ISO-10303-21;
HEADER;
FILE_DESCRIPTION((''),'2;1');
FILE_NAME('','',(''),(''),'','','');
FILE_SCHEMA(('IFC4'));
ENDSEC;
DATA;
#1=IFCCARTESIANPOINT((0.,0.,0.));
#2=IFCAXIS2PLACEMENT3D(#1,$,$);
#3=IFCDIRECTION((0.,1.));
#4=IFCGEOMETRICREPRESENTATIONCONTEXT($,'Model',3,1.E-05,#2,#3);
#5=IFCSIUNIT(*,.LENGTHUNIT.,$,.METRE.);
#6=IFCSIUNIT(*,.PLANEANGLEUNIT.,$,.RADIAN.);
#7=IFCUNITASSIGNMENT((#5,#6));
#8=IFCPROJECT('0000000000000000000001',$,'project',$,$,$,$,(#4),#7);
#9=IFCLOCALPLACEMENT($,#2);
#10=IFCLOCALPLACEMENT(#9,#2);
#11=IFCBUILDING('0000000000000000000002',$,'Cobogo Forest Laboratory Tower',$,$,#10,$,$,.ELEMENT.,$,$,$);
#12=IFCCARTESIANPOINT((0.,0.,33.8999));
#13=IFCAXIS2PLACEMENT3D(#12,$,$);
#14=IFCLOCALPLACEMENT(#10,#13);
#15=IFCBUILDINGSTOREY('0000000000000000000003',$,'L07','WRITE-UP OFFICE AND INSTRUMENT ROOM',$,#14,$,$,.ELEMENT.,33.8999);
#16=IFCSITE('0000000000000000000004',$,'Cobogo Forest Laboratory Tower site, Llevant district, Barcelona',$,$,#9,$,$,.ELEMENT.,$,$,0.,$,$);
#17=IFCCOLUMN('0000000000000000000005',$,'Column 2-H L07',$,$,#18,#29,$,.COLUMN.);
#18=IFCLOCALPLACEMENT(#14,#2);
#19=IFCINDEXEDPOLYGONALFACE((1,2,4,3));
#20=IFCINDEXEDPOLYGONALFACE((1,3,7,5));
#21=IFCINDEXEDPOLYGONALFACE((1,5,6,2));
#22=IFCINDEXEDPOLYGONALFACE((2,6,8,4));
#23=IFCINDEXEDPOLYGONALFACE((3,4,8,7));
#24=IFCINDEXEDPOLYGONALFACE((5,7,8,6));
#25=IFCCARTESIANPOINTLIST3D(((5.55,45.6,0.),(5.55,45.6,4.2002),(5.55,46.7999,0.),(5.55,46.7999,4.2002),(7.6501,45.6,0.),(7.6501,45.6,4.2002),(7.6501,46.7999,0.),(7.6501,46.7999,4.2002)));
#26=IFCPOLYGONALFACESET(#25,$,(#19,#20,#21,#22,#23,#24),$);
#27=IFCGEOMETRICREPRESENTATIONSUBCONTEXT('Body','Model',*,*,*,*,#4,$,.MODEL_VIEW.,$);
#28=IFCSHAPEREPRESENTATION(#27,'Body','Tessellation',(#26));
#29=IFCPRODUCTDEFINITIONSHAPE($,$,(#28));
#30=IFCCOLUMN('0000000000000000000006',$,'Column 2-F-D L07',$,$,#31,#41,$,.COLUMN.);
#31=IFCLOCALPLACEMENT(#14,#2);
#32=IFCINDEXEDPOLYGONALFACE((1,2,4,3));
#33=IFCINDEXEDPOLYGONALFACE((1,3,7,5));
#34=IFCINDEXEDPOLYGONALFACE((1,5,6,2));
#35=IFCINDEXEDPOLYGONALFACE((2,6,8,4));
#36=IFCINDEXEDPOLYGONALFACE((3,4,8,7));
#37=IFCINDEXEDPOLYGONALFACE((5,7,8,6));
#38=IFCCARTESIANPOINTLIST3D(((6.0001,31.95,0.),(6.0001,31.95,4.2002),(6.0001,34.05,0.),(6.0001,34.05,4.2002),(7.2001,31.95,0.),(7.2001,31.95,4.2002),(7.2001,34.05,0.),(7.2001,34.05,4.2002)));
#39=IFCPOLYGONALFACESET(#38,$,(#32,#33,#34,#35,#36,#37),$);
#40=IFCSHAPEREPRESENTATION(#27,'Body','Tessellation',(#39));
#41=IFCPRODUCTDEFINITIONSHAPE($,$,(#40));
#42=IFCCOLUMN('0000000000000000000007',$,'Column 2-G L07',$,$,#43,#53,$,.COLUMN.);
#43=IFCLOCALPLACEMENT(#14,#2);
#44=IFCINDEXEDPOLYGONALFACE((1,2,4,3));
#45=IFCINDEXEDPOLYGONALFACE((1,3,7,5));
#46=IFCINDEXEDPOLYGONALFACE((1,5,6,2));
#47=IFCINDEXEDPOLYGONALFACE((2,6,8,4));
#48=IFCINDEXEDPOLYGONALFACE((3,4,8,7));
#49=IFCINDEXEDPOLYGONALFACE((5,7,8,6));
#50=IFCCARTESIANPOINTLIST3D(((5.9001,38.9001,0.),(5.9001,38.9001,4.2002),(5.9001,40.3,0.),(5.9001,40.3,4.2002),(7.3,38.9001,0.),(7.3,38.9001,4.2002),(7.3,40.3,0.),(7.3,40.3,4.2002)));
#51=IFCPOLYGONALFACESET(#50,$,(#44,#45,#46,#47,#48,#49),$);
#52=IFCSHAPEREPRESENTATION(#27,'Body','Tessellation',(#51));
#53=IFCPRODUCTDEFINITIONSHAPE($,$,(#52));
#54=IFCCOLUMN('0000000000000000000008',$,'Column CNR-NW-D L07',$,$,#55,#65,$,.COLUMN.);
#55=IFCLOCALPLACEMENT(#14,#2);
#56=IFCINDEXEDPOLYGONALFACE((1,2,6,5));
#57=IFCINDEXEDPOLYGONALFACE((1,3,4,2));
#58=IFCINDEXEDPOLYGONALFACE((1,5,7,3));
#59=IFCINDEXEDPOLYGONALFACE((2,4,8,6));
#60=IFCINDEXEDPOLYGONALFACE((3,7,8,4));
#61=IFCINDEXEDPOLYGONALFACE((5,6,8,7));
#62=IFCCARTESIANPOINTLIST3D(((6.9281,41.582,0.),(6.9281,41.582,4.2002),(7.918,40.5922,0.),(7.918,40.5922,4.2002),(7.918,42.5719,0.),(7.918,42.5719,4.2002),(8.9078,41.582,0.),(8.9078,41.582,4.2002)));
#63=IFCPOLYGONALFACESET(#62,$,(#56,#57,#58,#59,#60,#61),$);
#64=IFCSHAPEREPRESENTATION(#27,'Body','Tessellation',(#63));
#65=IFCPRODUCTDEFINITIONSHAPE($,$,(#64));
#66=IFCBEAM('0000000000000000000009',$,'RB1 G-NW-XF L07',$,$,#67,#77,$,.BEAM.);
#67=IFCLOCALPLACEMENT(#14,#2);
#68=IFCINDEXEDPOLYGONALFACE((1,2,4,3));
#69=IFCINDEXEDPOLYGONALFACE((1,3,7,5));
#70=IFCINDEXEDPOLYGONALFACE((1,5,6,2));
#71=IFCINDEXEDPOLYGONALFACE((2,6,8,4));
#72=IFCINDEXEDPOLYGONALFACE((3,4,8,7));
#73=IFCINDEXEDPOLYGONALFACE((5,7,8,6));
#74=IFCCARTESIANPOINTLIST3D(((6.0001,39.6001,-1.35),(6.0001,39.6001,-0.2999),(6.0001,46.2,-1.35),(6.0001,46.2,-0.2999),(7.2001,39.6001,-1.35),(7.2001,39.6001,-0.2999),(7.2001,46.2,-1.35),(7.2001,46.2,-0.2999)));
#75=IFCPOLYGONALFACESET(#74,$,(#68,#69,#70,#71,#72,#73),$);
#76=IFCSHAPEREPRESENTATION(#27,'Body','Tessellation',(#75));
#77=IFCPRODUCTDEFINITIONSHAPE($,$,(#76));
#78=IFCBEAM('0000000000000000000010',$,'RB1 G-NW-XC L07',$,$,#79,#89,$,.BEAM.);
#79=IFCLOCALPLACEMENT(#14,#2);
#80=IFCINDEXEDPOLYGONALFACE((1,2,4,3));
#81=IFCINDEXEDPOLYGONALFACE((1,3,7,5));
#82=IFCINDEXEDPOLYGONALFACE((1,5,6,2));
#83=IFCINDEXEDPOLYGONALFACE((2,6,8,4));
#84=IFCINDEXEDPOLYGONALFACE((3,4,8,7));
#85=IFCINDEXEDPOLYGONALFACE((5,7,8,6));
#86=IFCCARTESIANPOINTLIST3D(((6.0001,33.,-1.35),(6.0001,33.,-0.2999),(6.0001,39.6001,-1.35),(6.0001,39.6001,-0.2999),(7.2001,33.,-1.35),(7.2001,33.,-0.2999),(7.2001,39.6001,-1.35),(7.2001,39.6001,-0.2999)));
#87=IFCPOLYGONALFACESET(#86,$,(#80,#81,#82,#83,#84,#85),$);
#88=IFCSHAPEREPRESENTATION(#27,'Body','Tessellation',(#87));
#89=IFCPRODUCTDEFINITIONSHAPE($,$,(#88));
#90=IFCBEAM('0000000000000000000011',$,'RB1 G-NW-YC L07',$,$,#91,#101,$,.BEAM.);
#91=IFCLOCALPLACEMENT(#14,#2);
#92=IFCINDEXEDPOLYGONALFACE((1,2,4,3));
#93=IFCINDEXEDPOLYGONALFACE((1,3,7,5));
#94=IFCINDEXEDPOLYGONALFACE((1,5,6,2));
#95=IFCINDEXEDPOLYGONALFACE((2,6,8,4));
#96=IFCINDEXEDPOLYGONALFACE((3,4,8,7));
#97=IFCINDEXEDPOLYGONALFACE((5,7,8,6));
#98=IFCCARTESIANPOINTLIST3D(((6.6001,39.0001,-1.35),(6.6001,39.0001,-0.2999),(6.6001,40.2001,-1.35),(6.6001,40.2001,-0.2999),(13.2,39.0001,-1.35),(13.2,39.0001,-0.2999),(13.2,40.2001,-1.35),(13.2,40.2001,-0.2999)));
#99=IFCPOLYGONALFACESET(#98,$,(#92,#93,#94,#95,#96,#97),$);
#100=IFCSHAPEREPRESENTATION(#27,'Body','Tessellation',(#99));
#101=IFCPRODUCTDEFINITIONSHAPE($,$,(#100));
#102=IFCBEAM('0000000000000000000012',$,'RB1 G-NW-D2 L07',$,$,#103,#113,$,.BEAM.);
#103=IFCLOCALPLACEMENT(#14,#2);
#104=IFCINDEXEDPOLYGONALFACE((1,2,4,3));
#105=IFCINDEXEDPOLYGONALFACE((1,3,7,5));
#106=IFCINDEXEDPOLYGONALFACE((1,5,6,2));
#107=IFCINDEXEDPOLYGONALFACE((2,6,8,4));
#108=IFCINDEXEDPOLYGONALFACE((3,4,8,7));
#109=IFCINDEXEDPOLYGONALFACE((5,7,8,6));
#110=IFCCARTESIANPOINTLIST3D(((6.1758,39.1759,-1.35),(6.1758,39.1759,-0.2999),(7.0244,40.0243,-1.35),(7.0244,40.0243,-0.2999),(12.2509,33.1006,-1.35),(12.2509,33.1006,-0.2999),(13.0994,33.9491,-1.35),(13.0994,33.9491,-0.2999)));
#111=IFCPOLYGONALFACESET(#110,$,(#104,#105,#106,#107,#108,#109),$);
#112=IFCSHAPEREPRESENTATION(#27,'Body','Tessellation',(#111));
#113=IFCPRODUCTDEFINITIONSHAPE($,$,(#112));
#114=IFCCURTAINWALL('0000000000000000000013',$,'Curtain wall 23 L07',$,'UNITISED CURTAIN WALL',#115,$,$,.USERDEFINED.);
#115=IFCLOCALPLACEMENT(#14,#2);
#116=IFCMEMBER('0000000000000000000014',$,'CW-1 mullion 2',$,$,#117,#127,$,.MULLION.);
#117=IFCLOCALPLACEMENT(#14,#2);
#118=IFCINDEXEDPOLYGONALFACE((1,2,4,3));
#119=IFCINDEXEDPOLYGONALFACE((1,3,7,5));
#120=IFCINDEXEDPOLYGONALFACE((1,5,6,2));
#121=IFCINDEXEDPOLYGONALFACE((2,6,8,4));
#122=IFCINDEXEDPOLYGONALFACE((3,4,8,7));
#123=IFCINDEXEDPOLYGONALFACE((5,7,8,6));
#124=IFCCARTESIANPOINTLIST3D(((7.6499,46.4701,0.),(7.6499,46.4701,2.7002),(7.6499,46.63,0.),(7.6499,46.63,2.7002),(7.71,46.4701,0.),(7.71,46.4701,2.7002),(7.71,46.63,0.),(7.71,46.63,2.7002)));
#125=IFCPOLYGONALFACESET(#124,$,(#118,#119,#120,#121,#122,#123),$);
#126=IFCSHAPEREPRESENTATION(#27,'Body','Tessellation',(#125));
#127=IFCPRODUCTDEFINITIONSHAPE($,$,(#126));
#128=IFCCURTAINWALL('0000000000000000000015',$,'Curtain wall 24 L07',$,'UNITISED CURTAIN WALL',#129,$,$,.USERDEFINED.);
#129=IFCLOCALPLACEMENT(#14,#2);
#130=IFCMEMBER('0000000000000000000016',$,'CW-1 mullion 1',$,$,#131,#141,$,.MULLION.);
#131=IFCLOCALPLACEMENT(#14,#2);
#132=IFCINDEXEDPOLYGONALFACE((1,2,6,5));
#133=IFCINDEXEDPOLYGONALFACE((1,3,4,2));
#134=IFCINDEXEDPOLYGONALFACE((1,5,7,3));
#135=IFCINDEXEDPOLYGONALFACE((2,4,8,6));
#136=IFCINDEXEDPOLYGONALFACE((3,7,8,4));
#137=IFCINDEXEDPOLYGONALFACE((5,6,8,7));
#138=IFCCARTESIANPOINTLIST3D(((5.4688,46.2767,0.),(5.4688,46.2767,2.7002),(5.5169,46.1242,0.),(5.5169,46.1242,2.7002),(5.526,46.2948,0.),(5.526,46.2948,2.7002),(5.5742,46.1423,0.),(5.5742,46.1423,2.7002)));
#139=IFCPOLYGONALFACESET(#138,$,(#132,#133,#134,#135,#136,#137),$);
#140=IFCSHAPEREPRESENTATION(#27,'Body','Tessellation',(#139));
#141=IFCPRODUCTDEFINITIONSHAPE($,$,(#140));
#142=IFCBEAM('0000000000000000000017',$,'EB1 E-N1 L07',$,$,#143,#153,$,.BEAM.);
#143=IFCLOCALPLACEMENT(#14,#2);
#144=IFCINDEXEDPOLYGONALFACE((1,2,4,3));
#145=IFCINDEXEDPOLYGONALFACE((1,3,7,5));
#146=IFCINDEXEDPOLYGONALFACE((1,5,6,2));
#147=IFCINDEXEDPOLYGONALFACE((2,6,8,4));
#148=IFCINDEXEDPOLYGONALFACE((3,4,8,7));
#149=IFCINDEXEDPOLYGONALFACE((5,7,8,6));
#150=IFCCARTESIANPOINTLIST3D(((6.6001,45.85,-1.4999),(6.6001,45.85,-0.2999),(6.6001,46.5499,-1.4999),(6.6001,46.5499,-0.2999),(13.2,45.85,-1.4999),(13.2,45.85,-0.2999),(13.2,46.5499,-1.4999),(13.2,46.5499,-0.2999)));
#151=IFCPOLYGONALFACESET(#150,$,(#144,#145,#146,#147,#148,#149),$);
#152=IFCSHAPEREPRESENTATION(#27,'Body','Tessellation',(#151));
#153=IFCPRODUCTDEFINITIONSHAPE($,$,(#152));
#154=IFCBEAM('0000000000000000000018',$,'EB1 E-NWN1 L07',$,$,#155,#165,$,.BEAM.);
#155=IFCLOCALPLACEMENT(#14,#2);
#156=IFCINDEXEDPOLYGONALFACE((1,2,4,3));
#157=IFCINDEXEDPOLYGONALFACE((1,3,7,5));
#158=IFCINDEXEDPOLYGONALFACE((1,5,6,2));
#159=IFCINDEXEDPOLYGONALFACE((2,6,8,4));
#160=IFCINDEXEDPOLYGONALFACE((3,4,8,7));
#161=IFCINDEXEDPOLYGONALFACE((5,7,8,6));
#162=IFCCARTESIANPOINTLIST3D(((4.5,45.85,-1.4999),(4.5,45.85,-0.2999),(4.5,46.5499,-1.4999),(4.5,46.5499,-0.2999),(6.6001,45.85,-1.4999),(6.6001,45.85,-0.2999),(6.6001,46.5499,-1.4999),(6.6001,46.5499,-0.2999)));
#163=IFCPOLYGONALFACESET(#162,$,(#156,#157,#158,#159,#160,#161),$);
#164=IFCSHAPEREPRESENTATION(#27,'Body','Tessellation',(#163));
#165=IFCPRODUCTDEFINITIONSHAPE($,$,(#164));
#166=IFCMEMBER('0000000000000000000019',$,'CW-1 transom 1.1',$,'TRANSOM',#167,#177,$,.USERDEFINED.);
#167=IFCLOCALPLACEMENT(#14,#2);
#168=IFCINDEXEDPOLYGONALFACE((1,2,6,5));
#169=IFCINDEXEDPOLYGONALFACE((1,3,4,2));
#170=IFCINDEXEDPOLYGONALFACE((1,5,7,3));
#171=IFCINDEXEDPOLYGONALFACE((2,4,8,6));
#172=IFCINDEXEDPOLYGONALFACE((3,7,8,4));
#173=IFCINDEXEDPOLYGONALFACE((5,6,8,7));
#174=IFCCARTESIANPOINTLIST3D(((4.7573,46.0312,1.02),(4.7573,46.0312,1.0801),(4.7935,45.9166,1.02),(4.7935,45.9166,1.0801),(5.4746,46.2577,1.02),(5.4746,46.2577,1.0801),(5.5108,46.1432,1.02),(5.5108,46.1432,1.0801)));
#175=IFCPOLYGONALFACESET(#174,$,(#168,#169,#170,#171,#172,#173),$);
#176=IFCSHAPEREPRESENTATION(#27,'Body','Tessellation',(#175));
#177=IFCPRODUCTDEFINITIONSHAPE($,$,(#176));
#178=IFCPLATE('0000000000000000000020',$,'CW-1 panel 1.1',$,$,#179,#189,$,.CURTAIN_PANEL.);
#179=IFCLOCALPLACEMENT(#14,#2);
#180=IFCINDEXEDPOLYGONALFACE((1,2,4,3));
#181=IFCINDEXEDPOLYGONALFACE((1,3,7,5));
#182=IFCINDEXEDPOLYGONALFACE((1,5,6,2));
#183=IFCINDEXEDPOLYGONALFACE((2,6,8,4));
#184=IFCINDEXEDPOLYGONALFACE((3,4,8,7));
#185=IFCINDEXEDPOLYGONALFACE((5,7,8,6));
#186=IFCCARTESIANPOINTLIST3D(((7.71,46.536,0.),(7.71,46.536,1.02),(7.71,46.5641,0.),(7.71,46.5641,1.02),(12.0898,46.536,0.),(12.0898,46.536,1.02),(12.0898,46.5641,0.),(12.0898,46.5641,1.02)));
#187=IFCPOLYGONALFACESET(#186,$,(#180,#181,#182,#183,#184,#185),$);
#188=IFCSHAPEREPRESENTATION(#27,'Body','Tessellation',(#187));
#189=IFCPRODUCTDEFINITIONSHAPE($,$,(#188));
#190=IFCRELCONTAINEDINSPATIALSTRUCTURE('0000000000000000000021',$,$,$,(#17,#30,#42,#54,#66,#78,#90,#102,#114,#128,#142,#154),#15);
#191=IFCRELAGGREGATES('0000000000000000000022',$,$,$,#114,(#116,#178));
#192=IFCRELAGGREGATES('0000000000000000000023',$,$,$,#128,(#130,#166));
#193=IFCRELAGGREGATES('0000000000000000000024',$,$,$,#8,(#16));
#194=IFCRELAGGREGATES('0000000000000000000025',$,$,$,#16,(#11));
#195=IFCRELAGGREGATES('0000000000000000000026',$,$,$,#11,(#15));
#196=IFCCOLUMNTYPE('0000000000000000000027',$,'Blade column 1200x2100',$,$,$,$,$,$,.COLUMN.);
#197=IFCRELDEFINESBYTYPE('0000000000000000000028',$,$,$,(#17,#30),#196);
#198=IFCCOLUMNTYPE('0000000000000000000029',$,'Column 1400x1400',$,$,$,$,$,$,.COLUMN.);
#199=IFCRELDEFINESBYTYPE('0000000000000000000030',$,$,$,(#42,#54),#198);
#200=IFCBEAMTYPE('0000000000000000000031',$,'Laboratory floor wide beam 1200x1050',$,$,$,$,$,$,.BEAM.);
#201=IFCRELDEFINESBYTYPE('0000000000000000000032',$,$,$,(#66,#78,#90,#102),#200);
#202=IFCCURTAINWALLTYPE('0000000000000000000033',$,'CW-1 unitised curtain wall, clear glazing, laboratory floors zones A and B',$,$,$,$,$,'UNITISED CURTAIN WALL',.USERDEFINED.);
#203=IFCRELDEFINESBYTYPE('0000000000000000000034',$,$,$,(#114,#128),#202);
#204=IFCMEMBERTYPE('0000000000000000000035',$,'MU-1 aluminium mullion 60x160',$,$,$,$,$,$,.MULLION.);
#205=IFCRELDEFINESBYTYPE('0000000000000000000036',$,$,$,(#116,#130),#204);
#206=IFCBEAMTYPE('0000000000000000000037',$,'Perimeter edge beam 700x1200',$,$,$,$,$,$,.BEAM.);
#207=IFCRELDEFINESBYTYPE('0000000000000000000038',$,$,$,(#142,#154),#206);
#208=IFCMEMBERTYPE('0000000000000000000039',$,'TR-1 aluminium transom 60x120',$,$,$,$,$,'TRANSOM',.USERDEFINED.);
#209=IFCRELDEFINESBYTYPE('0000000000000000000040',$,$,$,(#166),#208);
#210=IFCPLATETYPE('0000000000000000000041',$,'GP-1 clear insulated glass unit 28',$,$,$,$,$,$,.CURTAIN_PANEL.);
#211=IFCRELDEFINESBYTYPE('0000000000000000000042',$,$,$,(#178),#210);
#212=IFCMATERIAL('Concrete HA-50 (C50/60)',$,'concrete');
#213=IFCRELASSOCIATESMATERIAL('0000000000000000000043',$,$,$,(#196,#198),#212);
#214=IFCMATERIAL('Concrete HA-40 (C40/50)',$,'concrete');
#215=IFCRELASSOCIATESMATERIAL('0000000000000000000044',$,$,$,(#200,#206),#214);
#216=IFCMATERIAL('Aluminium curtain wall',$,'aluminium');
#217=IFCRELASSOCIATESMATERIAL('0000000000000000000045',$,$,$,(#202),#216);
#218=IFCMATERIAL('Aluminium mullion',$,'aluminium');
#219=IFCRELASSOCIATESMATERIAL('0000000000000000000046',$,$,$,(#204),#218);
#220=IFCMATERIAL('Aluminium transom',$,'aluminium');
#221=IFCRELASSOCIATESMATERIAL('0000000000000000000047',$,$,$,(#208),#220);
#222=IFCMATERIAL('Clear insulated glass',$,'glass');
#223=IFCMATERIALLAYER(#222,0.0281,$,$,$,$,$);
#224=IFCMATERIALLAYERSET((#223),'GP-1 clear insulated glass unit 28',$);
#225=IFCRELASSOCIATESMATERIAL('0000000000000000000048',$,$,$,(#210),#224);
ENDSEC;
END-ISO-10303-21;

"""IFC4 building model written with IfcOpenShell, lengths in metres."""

from ifc_helpers import new_model, si_unit, direction, frame, origin, origin_2d, place, context, subcontext, project, spatial, rectangle, extrude, material, layer, layer_set, material_profile, profile_set, type_object, element, aggregate, save


model = new_model("IFC4")

# Units and contexts
model_context = context("Model", 3, precision=1e-05, world=origin(), true_north=direction((0.0, 1.0)))
body_context = subcontext(model_context, "Body", "Model", "MODEL_VIEW")
ifc_project = project(units=[si_unit("LENGTHUNIT", "METRE"), si_unit("PLANEANGLEUNIT", "RADIAN")], contexts=[model_context])

# Site, building, storey
site_placement = place(None, origin())
site = spatial("IfcSite", under=ifc_project, at=site_placement, Name="Cobogo Forest Laboratory Tower site, Llevant district, Barcelona", CompositionType="ELEMENT", RefElevation=0.0)
building_placement = place(site_placement, origin())
building = spatial("IfcBuilding", under=site, at=building_placement, Name="Cobogo Forest Laboratory Tower", CompositionType="ELEMENT")
storey_placement = place(building_placement, frame((0.0, 0.0, 33.8999)))
storey = spatial("IfcBuildingStorey", under=building, at=storey_placement, Name="L07", Description="WRITE-UP OFFICE AND INSTRUMENT ROOM", CompositionType="ELEMENT", Elevation=33.8999)

# Columns
ifc_material_1 = material(Name="Concrete HA-50 (C50/60)", Category="concrete")
ifc_material_profile_1 = material_profile(ifc_material_1, rectangle(XDim=2.1001, YDim=1.2, at=origin_2d()), Name="RC 1200x2100")
ifc_profile_set_1 = profile_set([ifc_material_profile_1], Name="Concrete HA-50 (C50/60)")
column_type_1 = type_object("IfcColumnType", Name="Blade column 1200x2100", PredefinedType="COLUMN", material=ifc_profile_set_1)
for number, where, z_axis, x_axis, name in (
    (1, (6.6001, 46.2, 0.0), (0.0, 0.0, 1.0), (1.0, 0.0, 0.0), "Column 2-H L07"),
    (2, (6.6001, 33.0, 0.0), (0.0, 0.0, 1.0), (0.0, 1.0, 0.0), "Column 2-F-D L07"),
):
    element("IfcColumn", number, at=place(storey_placement, frame(where, z_axis=z_axis, x_axis=x_axis)), inside=storey, type_object=column_type_1, Name=name, PredefinedType="COLUMN", context=body_context, shape_type="SweptSolid", body=[
        extrude(rectangle(XDim=2.1001, YDim=1.2, at=origin_2d()), origin(), (0.0, 0.0, 1.0), 4.2002),
    ])
ifc_material_profile_2 = material_profile(ifc_material_1, rectangle(XDim=1.3999, YDim=1.3999, at=origin_2d()), Name="RC 1400x1400")
ifc_profile_set_2 = profile_set([ifc_material_profile_2], Name="Concrete HA-50 (C50/60)")
column_type_2 = type_object("IfcColumnType", Name="Column 1400x1400", PredefinedType="COLUMN", material=ifc_profile_set_2)
for number, where, z_axis, x_axis, name in (
    (3, (6.6001, 39.6001, 0.0), (0.0, 0.0, 1.0), (1.0, 0.0, 0.0), "Column 2-G L07"),
    (4, (7.918, 41.582, 0.0), (0.0, 0.0, 1.0), (0.707107, 0.707107, 0.0), "Column CNR-NW-D L07"),
):
    element("IfcColumn", number, at=place(storey_placement, frame(where, z_axis=z_axis, x_axis=x_axis)), inside=storey, type_object=column_type_2, Name=name, PredefinedType="COLUMN", context=body_context, shape_type="SweptSolid", body=[
        extrude(rectangle(XDim=1.3999, YDim=1.3999, at=origin_2d()), origin(), (0.0, 0.0, 1.0), 4.2002),
    ])

# Beams
ifc_material_2 = material(Name="Concrete HA-40 (C40/50)", Category="concrete")
ifc_material_profile_3 = material_profile(ifc_material_2, rectangle(XDim=1.2, YDim=1.05, at=origin_2d()), Name="RC 1200x1050")
ifc_profile_set_3 = profile_set([ifc_material_profile_3], Name="Concrete HA-40 (C40/50)")
beam_type_1 = type_object("IfcBeamType", Name="Laboratory floor wide beam 1200x1050", PredefinedType="BEAM", material=ifc_profile_set_3)
beam_1_placement = place(storey_placement, frame((6.6001, 46.2, -0.825), z_axis=(0.0, -1.0, 0.0), x_axis=(1.0, 0.0, 0.0)))
element("IfcBeam", 5, at=beam_1_placement, inside=storey, type_object=beam_type_1, Name="RB1 G-NW-XF L07", PredefinedType="BEAM", context=body_context, shape_type="SweptSolid", body=[
    extrude(rectangle(XDim=1.2, YDim=1.05, at=origin_2d()), origin(), (0.0, 0.0, 1.0), 6.5999),
])
beam_2_placement = place(storey_placement, frame((6.6001, 39.6001, -0.825), z_axis=(0.0, -1.0, 0.0), x_axis=(1.0, 0.0, 0.0)))
element("IfcBeam", 6, at=beam_2_placement, inside=storey, type_object=beam_type_1, Name="RB1 G-NW-XC L07", PredefinedType="BEAM", context=body_context, shape_type="SweptSolid", body=[
    extrude(rectangle(XDim=1.2, YDim=1.05, at=origin_2d()), origin(), (0.0, 0.0, 1.0), 6.6001),
])
beam_3_placement = place(storey_placement, frame((6.6001, 39.6001, -0.825), z_axis=(1.0, 0.0, 0.0), x_axis=(0.0, 1.0, 0.0)))
element("IfcBeam", 7, at=beam_3_placement, inside=storey, type_object=beam_type_1, Name="RB1 G-NW-YC L07", PredefinedType="BEAM", context=body_context, shape_type="SweptSolid", body=[
    extrude(rectangle(XDim=1.2, YDim=1.05, at=origin_2d()), origin(), (0.0, 0.0, 1.0), 6.5999),
])
beam_4_placement = place(storey_placement, frame((6.6001, 39.6001, -0.825), z_axis=(0.707093, -0.707121, 0.0), x_axis=(0.707121, 0.707093, 0.0)))
element("IfcBeam", 8, at=beam_4_placement, inside=storey, type_object=beam_type_1, Name="RB1 G-NW-D2 L07", PredefinedType="BEAM", context=body_context, shape_type="SweptSolid", body=[
    extrude(rectangle(XDim=1.2, YDim=1.05, at=origin_2d()), origin(), (0.0, 0.0, 1.0), 8.5916),
])

# Curtain walls, members
ifc_material_3 = material(Name="Aluminium curtain wall", Category="aluminium")
curtain_wall_type = type_object("IfcCurtainWallType", Name="CW-1 unitised curtain wall, clear glazing, laboratory floors zones A and B", ElementType="UNITISED CURTAIN WALL", PredefinedType="USERDEFINED", material=ifc_material_3)
curtain_wall_1_placement = place(storey_placement, origin())
curtain_wall_1 = element("IfcCurtainWall", 9, at=curtain_wall_1_placement, inside=storey, type_object=curtain_wall_type, Name="Curtain wall 23 L07", ObjectType="UNITISED CURTAIN WALL", PredefinedType="USERDEFINED")
ifc_material_4 = material(Name="Aluminium mullion", Category="aluminium")
ifc_material_profile_4 = material_profile(ifc_material_4, rectangle(XDim=0.0601, YDim=0.1599, at=origin_2d()), Name="AL 60x160")
ifc_profile_set_4 = profile_set([ifc_material_profile_4], Name="Aluminium mullion")
member_type_1 = type_object("IfcMemberType", Name="MU-1 aluminium mullion 60x160", PredefinedType="MULLION", material=ifc_profile_set_4)
member_1_placement = place(storey_placement, frame((7.6799, 46.55, 0.0), z_axis=(0.0, 0.0, 1.0), x_axis=(-1.0, 0.0, 0.0)))
member_1 = element("IfcMember", 10, at=member_1_placement, type_object=member_type_1, Name="CW-1 mullion 2", PredefinedType="MULLION", context=body_context, shape_type="SweptSolid", body=[
    extrude(rectangle(XDim=0.0601, YDim=0.1599, at=origin_2d()), origin(), (0.0, 0.0, 1.0), 2.7002),
])
curtain_wall_2_placement = place(storey_placement, origin())
curtain_wall_2 = element("IfcCurtainWall", 11, at=curtain_wall_2_placement, inside=storey, type_object=curtain_wall_type, Name="Curtain wall 24 L07", ObjectType="UNITISED CURTAIN WALL", PredefinedType="USERDEFINED")
member_2_placement = place(storey_placement, frame((5.5215, 46.2095, 0.0), z_axis=(0.0, 0.0, 1.0), x_axis=(-0.953582, -0.301135, 0.0)))
member_2 = element("IfcMember", 12, at=member_2_placement, type_object=member_type_1, Name="CW-1 mullion 1", PredefinedType="MULLION", context=body_context, shape_type="SweptSolid", body=[
    extrude(rectangle(XDim=0.0601, YDim=0.1599, at=origin_2d()), origin(), (0.0, 0.0, 1.0), 2.7002),
])

# Beams
ifc_material_profile_5 = material_profile(ifc_material_2, rectangle(XDim=0.7, YDim=1.2, at=origin_2d()), Name="RC 700x1200")
ifc_profile_set_5 = profile_set([ifc_material_profile_5], Name="Concrete HA-40 (C40/50)")
beam_type_2 = type_object("IfcBeamType", Name="Perimeter edge beam 700x1200", PredefinedType="BEAM", material=ifc_profile_set_5)
beam_5_placement = place(storey_placement, frame((6.6001, 46.2, -0.8999), z_axis=(1.0, 0.0, 0.0), x_axis=(0.0, 1.0, 0.0)))
element("IfcBeam", 13, at=beam_5_placement, inside=storey, type_object=beam_type_2, Name="EB1 E-N1 L07", PredefinedType="BEAM", context=body_context, shape_type="SweptSolid", body=[
    extrude(rectangle(XDim=0.7, YDim=1.2, at=origin_2d()), origin(), (0.0, 0.0, 1.0), 6.5999),
])
beam_6_placement = place(storey_placement, frame((6.6001, 46.2, -0.8999), z_axis=(-1.0, 0.0, 0.0), x_axis=(0.0, -1.0, 0.0)))
element("IfcBeam", 14, at=beam_6_placement, inside=storey, type_object=beam_type_2, Name="EB1 E-NWN1 L07", PredefinedType="BEAM", context=body_context, shape_type="SweptSolid", body=[
    extrude(rectangle(XDim=0.7, YDim=1.2, at=origin_2d()), origin(), (0.0, 0.0, 1.0), 2.1001),
])

# Member
ifc_material_5 = material(Name="Aluminium transom", Category="aluminium")
ifc_material_profile_6 = material_profile(ifc_material_5, rectangle(XDim=0.1201, YDim=0.0601, at=origin_2d()), Name="AL 60x120")
ifc_profile_set_6 = profile_set([ifc_material_profile_6], Name="Aluminium transom")
member_type_2 = type_object("IfcMemberType", Name="TR-1 aluminium transom 60x120", ElementType="TRANSOM", PredefinedType="USERDEFINED", material=ifc_profile_set_6)
member_3_placement = place(storey_placement, frame((5.4927, 46.2004, 1.05), z_axis=(-0.953563, -0.301194, 0.0), x_axis=(0.301194, -0.953563, 0.0)))
member_3 = element("IfcMember", 15, at=member_3_placement, type_object=member_type_2, Name="CW-1 transom 1.1", ObjectType="TRANSOM", PredefinedType="USERDEFINED", context=body_context, shape_type="SweptSolid", body=[
    extrude(rectangle(XDim=0.1201, YDim=0.0601, at=origin_2d()), origin(), (0.0, 0.0, 1.0), 0.7522),
])

# Plate
ifc_material_6 = material(Name="Clear insulated glass", Category="glass")
ifc_layer_1 = layer(ifc_material_6, 0.0281)
ifc_layer_set_1 = layer_set([ifc_layer_1], Name="GP-1 clear insulated glass unit 28")
plate_type_1 = type_object("IfcPlateType", Name="GP-1 clear insulated glass unit 28", PredefinedType="CURTAIN_PANEL", material=ifc_layer_set_1)
plate_1_placement = place(storey_placement, frame((9.8999, 46.55, 0.0), z_axis=(0.0, 0.0, 1.0), x_axis=(-1.0, 0.0, 0.0)))
plate_1 = element("IfcPlate", 16, at=plate_1_placement, type_object=plate_type_1, Name="CW-1 panel 1.1", PredefinedType="CURTAIN_PANEL", context=body_context, shape_type="SweptSolid", body=[
    extrude(rectangle(XDim=4.3799, YDim=0.0281, at=origin_2d()), origin(), (0.0, 0.0, 1.0), 1.02),
])
aggregate(curtain_wall_1, [member_1, plate_1])
aggregate(curtain_wall_2, [member_2, member_3])

save(model, "model.ifc")
